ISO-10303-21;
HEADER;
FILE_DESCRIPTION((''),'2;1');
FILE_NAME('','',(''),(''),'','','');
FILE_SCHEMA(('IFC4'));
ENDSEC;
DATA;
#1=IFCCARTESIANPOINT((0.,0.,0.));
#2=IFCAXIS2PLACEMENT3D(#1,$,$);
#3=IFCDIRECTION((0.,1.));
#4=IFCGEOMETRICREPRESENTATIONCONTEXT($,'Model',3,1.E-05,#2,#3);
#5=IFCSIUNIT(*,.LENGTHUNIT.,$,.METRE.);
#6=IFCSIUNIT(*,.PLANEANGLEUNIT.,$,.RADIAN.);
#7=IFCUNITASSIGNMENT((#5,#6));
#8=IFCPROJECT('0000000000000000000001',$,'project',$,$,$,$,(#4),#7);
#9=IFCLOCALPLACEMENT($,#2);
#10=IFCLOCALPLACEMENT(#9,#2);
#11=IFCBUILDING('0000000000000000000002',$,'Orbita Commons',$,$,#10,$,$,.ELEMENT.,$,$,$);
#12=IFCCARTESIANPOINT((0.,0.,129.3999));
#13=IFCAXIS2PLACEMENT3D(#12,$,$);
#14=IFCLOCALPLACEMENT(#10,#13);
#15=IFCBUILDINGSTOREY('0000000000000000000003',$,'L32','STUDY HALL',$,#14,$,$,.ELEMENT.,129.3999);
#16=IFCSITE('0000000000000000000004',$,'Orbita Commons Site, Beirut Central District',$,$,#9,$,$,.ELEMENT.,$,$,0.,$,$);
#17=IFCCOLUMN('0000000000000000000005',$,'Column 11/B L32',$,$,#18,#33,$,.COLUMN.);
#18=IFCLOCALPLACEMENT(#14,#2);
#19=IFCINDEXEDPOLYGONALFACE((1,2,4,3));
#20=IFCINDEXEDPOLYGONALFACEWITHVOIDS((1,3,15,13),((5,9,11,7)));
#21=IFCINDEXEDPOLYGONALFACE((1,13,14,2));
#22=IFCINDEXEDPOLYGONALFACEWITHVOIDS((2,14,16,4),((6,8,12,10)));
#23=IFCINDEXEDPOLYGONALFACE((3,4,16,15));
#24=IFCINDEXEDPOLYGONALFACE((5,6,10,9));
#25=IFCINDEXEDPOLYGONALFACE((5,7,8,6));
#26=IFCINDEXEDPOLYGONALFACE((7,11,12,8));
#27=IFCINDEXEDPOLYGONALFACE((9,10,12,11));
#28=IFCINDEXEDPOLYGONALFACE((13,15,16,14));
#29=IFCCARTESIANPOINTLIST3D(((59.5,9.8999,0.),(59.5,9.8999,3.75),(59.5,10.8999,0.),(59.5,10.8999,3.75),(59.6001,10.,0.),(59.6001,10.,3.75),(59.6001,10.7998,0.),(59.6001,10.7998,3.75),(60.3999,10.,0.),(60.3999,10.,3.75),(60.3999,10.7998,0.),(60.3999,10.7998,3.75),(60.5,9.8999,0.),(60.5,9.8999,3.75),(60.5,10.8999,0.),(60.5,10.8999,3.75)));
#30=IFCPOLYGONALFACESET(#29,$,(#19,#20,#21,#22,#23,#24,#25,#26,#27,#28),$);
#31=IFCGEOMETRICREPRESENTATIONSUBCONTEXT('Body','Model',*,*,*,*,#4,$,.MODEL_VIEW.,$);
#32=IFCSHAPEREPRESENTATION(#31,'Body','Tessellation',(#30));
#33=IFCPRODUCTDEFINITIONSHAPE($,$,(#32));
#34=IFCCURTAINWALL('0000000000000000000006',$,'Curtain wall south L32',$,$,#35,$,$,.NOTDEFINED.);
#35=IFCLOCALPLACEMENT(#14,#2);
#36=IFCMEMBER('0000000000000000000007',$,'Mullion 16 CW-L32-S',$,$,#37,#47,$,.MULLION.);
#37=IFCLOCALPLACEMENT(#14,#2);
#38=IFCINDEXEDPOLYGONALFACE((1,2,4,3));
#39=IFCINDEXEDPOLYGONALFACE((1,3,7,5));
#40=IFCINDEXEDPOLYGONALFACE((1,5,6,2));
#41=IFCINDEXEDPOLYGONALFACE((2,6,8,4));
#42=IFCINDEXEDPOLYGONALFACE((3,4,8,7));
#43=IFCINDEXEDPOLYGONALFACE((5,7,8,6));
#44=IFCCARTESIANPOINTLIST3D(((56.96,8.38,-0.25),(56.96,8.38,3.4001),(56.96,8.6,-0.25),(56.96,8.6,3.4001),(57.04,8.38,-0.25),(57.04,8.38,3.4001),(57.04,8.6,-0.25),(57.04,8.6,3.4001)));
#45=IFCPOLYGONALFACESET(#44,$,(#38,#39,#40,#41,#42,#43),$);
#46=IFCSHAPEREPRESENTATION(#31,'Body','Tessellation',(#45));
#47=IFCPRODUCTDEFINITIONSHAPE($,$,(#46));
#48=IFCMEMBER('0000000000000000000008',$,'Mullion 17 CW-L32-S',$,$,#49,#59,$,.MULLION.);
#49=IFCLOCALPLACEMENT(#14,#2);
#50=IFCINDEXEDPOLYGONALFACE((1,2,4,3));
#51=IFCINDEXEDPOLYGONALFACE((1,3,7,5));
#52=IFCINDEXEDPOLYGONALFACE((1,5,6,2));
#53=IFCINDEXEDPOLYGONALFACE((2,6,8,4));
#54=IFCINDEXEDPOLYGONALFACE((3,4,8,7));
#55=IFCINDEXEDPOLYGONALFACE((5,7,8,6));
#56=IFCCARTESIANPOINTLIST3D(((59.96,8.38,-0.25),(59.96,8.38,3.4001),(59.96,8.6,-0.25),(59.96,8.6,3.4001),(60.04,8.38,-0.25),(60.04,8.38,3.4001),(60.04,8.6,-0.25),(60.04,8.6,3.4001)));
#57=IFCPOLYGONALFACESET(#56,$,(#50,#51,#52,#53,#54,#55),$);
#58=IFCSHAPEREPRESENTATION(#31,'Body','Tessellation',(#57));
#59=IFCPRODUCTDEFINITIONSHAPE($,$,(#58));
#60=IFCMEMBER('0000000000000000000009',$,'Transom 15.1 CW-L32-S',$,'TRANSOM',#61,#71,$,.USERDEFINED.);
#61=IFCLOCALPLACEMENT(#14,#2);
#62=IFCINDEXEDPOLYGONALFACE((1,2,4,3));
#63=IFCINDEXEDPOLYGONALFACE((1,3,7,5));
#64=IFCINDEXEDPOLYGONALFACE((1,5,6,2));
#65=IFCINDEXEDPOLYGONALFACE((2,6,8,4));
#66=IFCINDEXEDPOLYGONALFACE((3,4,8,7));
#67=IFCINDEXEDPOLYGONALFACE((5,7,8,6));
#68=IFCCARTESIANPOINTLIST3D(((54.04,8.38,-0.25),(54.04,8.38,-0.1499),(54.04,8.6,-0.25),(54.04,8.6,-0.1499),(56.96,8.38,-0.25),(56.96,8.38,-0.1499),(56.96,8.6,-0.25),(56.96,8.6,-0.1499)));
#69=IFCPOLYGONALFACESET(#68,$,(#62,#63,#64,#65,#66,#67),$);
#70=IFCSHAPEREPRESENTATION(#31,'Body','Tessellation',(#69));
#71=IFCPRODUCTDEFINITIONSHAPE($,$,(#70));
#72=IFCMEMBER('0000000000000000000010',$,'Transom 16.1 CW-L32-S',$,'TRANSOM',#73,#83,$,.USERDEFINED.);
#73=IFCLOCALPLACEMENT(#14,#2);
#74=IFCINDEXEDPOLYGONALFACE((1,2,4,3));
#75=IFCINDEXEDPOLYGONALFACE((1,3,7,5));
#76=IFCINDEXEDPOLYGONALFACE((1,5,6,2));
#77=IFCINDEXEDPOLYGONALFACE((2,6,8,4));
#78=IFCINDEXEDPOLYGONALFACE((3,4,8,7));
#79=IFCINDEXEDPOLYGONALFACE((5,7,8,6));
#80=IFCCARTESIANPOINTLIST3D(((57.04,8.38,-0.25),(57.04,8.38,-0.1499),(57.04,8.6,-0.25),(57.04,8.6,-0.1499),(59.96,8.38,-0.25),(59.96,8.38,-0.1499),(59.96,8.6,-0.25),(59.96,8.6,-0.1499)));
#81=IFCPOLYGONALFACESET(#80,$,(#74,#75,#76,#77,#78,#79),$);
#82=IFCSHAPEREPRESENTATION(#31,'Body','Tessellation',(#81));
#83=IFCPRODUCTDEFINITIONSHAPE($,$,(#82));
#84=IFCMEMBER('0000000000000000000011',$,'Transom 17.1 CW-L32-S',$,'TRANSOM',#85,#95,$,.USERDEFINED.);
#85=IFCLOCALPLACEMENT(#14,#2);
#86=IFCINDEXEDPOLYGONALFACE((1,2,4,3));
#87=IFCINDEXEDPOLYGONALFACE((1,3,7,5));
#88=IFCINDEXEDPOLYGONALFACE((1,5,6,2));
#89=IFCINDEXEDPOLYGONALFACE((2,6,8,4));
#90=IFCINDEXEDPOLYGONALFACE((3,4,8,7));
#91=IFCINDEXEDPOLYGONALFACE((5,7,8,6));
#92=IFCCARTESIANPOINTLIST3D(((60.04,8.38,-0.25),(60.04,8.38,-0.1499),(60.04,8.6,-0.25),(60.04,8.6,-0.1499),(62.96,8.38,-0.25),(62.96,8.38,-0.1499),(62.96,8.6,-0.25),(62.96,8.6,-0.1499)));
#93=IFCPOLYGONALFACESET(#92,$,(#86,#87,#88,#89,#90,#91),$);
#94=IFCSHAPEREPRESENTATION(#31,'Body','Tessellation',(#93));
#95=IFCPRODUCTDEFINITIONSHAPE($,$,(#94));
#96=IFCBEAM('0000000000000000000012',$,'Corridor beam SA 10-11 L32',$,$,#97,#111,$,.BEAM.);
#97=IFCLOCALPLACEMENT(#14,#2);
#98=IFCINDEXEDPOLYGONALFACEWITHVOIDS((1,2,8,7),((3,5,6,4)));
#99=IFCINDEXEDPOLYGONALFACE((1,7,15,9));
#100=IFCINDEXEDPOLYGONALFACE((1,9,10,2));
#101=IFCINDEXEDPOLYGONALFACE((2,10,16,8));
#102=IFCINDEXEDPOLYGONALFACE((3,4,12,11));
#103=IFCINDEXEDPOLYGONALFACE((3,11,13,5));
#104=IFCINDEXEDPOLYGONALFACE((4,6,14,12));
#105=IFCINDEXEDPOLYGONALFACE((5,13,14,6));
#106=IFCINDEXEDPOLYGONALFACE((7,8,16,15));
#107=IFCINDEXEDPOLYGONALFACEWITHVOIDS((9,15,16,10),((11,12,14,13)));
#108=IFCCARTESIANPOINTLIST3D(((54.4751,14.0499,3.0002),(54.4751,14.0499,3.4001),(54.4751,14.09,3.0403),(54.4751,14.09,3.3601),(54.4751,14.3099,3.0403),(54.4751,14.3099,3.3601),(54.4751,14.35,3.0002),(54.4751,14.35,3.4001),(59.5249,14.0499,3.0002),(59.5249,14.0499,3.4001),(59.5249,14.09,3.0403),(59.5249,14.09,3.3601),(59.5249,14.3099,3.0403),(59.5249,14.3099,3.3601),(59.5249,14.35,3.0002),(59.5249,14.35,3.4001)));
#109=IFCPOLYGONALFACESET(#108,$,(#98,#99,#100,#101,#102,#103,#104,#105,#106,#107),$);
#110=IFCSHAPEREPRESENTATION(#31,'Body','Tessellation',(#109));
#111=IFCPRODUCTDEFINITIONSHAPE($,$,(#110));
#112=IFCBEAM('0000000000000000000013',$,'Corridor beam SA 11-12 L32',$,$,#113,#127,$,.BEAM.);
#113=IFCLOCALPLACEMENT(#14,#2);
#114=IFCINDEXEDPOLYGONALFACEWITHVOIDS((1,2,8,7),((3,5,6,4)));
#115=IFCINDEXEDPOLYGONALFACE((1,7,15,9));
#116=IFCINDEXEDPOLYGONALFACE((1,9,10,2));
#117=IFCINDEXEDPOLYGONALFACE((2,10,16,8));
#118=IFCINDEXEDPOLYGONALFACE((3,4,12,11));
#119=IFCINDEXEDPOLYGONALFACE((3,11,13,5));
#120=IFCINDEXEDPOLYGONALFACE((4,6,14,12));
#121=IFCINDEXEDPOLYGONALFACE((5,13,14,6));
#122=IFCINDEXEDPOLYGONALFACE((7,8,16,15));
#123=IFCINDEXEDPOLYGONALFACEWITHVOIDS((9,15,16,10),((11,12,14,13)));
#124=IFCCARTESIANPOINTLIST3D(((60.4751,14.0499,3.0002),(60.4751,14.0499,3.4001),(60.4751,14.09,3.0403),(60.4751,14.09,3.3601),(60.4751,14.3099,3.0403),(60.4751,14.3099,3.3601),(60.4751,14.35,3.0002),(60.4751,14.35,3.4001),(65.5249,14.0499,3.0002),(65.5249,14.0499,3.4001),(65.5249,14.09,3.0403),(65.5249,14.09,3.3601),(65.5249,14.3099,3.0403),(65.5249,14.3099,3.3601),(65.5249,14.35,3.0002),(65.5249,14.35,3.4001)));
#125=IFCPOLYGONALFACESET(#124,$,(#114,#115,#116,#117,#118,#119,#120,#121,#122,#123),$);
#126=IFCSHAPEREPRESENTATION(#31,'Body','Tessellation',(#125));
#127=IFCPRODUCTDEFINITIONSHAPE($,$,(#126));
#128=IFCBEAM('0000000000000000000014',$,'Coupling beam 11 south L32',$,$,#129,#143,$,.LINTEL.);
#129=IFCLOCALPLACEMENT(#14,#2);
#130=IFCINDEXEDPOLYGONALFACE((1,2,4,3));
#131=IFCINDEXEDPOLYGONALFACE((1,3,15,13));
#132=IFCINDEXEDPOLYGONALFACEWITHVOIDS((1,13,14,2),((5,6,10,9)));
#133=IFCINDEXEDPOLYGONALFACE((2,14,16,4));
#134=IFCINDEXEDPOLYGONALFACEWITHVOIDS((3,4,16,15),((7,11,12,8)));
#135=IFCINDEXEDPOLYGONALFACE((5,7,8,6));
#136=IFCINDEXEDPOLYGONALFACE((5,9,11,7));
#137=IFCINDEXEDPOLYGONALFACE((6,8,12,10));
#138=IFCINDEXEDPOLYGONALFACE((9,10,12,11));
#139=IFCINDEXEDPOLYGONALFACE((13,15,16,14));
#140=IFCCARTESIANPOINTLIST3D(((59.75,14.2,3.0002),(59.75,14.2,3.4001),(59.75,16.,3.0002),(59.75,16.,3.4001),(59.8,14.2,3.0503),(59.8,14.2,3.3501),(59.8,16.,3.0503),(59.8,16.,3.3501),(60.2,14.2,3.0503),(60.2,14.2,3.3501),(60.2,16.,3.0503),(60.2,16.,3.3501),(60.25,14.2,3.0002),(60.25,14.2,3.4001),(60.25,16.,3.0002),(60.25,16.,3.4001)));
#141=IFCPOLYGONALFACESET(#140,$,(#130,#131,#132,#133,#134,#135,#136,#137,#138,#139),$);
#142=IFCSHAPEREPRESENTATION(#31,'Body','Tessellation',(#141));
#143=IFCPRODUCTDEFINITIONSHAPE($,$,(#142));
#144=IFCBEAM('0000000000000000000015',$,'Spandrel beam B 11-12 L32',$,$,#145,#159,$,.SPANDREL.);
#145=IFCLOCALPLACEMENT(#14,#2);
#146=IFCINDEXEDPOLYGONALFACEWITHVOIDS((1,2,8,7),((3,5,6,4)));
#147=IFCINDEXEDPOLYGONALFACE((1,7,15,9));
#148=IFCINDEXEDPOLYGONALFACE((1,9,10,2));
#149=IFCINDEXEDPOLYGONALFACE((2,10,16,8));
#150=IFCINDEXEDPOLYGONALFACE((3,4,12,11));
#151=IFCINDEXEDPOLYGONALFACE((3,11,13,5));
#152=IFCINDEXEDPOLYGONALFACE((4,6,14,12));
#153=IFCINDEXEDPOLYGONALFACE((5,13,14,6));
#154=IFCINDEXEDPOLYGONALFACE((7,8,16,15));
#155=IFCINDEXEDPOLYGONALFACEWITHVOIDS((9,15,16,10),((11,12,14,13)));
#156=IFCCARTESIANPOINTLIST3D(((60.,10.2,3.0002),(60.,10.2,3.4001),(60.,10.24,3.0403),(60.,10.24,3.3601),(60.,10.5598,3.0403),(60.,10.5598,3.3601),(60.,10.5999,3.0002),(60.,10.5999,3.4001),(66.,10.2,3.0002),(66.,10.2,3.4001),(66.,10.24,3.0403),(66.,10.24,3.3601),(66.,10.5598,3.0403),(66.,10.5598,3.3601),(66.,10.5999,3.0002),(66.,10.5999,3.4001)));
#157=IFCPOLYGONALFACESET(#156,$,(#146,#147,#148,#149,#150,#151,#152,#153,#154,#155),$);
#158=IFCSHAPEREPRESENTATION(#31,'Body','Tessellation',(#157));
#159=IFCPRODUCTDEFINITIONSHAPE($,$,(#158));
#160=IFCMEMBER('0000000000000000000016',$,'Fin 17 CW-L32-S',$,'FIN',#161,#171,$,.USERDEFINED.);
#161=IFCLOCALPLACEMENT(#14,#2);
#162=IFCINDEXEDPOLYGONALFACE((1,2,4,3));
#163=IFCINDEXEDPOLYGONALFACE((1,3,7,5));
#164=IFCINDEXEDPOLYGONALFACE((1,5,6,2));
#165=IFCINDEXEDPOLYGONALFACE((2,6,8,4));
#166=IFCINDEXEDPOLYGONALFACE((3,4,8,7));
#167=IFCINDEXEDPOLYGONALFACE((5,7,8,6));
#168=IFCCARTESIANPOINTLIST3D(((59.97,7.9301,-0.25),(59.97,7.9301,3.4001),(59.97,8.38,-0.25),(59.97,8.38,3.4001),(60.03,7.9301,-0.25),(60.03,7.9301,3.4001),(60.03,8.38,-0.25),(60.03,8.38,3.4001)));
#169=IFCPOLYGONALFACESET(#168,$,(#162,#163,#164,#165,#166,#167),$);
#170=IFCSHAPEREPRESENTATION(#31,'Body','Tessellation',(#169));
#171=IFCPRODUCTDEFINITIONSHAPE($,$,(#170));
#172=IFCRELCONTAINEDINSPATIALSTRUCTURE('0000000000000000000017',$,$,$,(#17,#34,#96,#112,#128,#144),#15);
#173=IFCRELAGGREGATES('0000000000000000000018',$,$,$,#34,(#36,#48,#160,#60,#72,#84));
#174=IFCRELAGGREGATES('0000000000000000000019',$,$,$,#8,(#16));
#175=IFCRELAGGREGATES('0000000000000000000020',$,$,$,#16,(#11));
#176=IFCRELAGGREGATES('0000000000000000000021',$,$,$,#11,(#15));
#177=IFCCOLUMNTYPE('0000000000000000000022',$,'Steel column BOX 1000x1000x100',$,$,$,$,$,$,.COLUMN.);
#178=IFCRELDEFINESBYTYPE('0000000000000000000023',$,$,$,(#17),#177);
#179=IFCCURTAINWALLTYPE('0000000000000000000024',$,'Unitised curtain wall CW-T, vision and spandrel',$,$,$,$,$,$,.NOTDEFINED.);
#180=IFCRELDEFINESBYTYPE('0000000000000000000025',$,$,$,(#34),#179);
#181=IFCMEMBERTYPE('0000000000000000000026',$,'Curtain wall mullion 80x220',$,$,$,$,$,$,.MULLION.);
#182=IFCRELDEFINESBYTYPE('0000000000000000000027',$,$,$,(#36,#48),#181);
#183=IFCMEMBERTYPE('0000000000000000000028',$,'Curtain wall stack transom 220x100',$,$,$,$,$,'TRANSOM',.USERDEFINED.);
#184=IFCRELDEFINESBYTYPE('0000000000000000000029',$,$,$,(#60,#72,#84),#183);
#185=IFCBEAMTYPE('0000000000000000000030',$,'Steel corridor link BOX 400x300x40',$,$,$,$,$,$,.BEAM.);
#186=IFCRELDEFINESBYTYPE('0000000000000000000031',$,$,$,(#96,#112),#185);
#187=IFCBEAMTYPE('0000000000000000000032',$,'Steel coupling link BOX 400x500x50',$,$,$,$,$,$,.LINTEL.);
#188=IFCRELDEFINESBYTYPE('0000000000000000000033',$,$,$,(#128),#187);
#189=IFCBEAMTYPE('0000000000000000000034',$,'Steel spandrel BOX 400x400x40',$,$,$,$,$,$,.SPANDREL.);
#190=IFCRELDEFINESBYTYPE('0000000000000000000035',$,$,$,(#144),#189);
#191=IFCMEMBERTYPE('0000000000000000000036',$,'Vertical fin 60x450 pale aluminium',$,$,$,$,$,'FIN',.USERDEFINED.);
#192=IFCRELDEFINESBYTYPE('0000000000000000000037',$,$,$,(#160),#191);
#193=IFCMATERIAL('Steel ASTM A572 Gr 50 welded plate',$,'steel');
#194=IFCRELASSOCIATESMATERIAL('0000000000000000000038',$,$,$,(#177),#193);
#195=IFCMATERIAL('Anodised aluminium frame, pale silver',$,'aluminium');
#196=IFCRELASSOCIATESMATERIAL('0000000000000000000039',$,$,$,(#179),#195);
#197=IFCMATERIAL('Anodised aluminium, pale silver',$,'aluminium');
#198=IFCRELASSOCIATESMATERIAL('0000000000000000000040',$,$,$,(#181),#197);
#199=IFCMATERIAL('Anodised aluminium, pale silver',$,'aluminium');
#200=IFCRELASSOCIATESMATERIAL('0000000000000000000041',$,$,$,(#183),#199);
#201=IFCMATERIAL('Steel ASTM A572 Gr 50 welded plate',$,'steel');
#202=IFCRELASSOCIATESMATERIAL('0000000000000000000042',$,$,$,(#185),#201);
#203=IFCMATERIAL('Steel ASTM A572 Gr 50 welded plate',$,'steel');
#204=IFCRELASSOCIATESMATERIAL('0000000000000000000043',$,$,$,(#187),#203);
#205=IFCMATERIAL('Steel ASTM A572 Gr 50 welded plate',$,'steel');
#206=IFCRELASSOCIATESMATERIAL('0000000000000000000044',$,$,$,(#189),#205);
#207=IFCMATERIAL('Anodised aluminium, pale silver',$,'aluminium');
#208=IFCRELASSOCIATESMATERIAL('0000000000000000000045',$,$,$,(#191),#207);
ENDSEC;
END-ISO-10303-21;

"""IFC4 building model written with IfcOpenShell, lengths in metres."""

from ifc_helpers import new_model, si_unit, direction, frame, origin, origin_2d, place, context, subcontext, project, spatial, rectangle, hollow_rectangle, extrude, material, material_profile, profile_set, type_object, element, aggregate, save


model = new_model("IFC4")

# Units and contexts
model_context = context("Model", 3, precision=1e-05, world=origin(), true_north=direction((0.0, 1.0)))
body_context = subcontext(model_context, "Body", "Model", "MODEL_VIEW")
ifc_project = project(units=[si_unit("LENGTHUNIT", "METRE"), si_unit("PLANEANGLEUNIT", "RADIAN")], contexts=[model_context])

# Site, building, storey
site_placement = place(None, origin())
site = spatial("IfcSite", under=ifc_project, at=site_placement, Name="Orbita Commons Site, Beirut Central District", CompositionType="ELEMENT", RefElevation=0.0)
building_placement = place(site_placement, origin())
building = spatial("IfcBuilding", under=site, at=building_placement, Name="Orbita Commons", CompositionType="ELEMENT")
storey_placement = place(building_placement, frame((0.0, 0.0, 129.3999)))
storey = spatial("IfcBuildingStorey", under=building, at=storey_placement, Name="L32", Description="STUDY HALL", CompositionType="ELEMENT", Elevation=129.3999)

# Column
ifc_material_1 = material(Name="Steel ASTM A572 Gr 50 welded plate", Category="steel")
ifc_material_profile_1 = material_profile(ifc_material_1, hollow_rectangle(XDim=1.0, YDim=1.0, WallThickness=0.1001, at=origin_2d()), Name="BOX 1000x1000x100")
ifc_profile_set_1 = profile_set([ifc_material_profile_1], Name="Steel ASTM A572 Gr 50 welded plate")
column_type = type_object("IfcColumnType", Name="Steel column BOX 1000x1000x100", PredefinedType="COLUMN", material=ifc_profile_set_1)
column_placement = place(storey_placement, frame((60.0, 10.3999, 0.0), z_axis=(0.0, 0.0, 1.0), x_axis=(1.0, 0.0, 0.0)))
element("IfcColumn", 1, at=column_placement, inside=storey, type_object=column_type, Name="Column 11/B L32", PredefinedType="COLUMN", context=body_context, shape_type="SweptSolid", body=[
    extrude(hollow_rectangle(XDim=1.0, YDim=1.0, WallThickness=0.1001, at=origin_2d()), origin(), (0.0, 0.0, 1.0), 3.75),
])

# Curtain wall, members
ifc_material_2 = material(Name="Anodised aluminium frame, pale silver", Category="aluminium")
curtain_wall_type = type_object("IfcCurtainWallType", Name="Unitised curtain wall CW-T, vision and spandrel", PredefinedType="NOTDEFINED", material=ifc_material_2)
curtain_wall_placement = place(storey_placement, origin())
curtain_wall = element("IfcCurtainWall", 2, at=curtain_wall_placement, inside=storey, type_object=curtain_wall_type, Name="Curtain wall south L32", PredefinedType="NOTDEFINED")
ifc_material_3 = material(Name="Anodised aluminium, pale silver", Category="aluminium")
ifc_material_profile_2 = material_profile(ifc_material_3, rectangle(XDim=0.0801, YDim=0.22, at=origin_2d()), Name="AL 80x220")
ifc_profile_set_2 = profile_set([ifc_material_profile_2], Name="Anodised aluminium, pale silver")
member_type_1 = type_object("IfcMemberType", Name="Curtain wall mullion 80x220", PredefinedType="MULLION", material=ifc_profile_set_2)
member_1_placement = place(storey_placement, frame((57.0, 8.49, -0.25), z_axis=(0.0, 0.0, 1.0), x_axis=(1.0, 0.0, 0.0)))
member_1 = element("IfcMember", 3, at=member_1_placement, type_object=member_type_1, Name="Mullion 16 CW-L32-S", PredefinedType="MULLION", context=body_context, shape_type="SweptSolid", body=[
    extrude(rectangle(XDim=0.0801, YDim=0.22, at=origin_2d()), origin(), (0.0, 0.0, 1.0), 3.6501),
])
member_2_placement = place(storey_placement, frame((60.0, 8.49, -0.25), z_axis=(0.0, 0.0, 1.0), x_axis=(1.0, 0.0, 0.0)))
member_2 = element("IfcMember", 4, at=member_2_placement, type_object=member_type_1, Name="Mullion 17 CW-L32-S", PredefinedType="MULLION", context=body_context, shape_type="SweptSolid", body=[
    extrude(rectangle(XDim=0.0801, YDim=0.22, at=origin_2d()), origin(), (0.0, 0.0, 1.0), 3.6501),
])
ifc_material_4 = material(Name="Anodised aluminium, pale silver", Category="aluminium")
ifc_material_profile_3 = material_profile(ifc_material_4, rectangle(XDim=0.22, YDim=0.1001, at=origin_2d()), Name="AL 220x100")
ifc_profile_set_3 = profile_set([ifc_material_profile_3], Name="Anodised aluminium, pale silver")
member_type_2 = type_object("IfcMemberType", Name="Curtain wall stack transom 220x100", ElementType="TRANSOM", PredefinedType="USERDEFINED", material=ifc_profile_set_3)
member_3_placement = place(storey_placement, frame((54.04, 8.49, -0.2), z_axis=(1.0, 0.0, 0.0), x_axis=(0.0, 1.0, 0.0)))
member_3 = element("IfcMember", 5, at=member_3_placement, type_object=member_type_2, Name="Transom 15.1 CW-L32-S", ObjectType="TRANSOM", PredefinedType="USERDEFINED", context=body_context, shape_type="SweptSolid", body=[
    extrude(rectangle(XDim=0.22, YDim=0.1001, at=origin_2d()), origin(), (0.0, 0.0, 1.0), 2.9199),
])
member_4_placement = place(storey_placement, frame((57.04, 8.49, -0.2), z_axis=(1.0, 0.0, 0.0), x_axis=(0.0, 1.0, 0.0)))
member_4 = element("IfcMember", 6, at=member_4_placement, type_object=member_type_2, Name="Transom 16.1 CW-L32-S", ObjectType="TRANSOM", PredefinedType="USERDEFINED", context=body_context, shape_type="SweptSolid", body=[
    extrude(rectangle(XDim=0.22, YDim=0.1001, at=origin_2d()), origin(), (0.0, 0.0, 1.0), 2.9199),
])
member_5_placement = place(storey_placement, frame((60.04, 8.49, -0.2), z_axis=(1.0, 0.0, 0.0), x_axis=(0.0, 1.0, 0.0)))
member_5 = element("IfcMember", 7, at=member_5_placement, type_object=member_type_2, Name="Transom 17.1 CW-L32-S", ObjectType="TRANSOM", PredefinedType="USERDEFINED", context=body_context, shape_type="SweptSolid", body=[
    extrude(rectangle(XDim=0.22, YDim=0.1001, at=origin_2d()), origin(), (0.0, 0.0, 1.0), 2.9199),
])

# Beams
ifc_material_5 = material(Name="Steel ASTM A572 Gr 50 welded plate", Category="steel")
ifc_material_profile_4 = material_profile(ifc_material_5, hollow_rectangle(XDim=0.3, YDim=0.3999, WallThickness=0.04, at=origin_2d()), Name="BOX 400x300x40")
ifc_profile_set_4 = profile_set([ifc_material_profile_4], Name="Steel ASTM A572 Gr 50 welded plate")
beam_type_1 = type_object("IfcBeamType", Name="Steel corridor link BOX 400x300x40", PredefinedType="BEAM", material=ifc_profile_set_4)
for number, where, z_axis, x_axis, name in (
    (8, (54.4751, 14.2, 3.2002), (1.0, 0.0, 0.0), (0.0, 1.0, 0.0), "Corridor beam SA 10-11 L32"),
    (9, (60.4751, 14.2, 3.2002), (1.0, 0.0, 0.0), (0.0, 1.0, 0.0), "Corridor beam SA 11-12 L32"),
):
    element("IfcBeam", number, at=place(storey_placement, frame(where, z_axis=z_axis, x_axis=x_axis)), inside=storey, type_object=beam_type_1, Name=name, PredefinedType="BEAM", context=body_context, shape_type="SweptSolid", body=[
        extrude(hollow_rectangle(XDim=0.3, YDim=0.3999, WallThickness=0.04, at=origin_2d()), origin(), (0.0, 0.0, 1.0), 5.0498),
    ])
ifc_material_6 = material(Name="Steel ASTM A572 Gr 50 welded plate", Category="steel")
ifc_material_profile_5 = material_profile(ifc_material_6, hollow_rectangle(XDim=0.5, YDim=0.3999, WallThickness=0.05, at=origin_2d()), Name="BOX 400x500x50")
ifc_profile_set_5 = profile_set([ifc_material_profile_5], Name="Steel ASTM A572 Gr 50 welded plate")
beam_type_2 = type_object("IfcBeamType", Name="Steel coupling link BOX 400x500x50", PredefinedType="LINTEL", material=ifc_profile_set_5)
beam_1_placement = place(storey_placement, frame((60.0, 14.2, 3.2002), z_axis=(0.0, 1.0, 0.0), x_axis=(-1.0, 0.0, 0.0)))
element("IfcBeam", 10, at=beam_1_placement, inside=storey, type_object=beam_type_2, Name="Coupling beam 11 south L32", PredefinedType="LINTEL", context=body_context, shape_type="SweptSolid", body=[
    extrude(hollow_rectangle(XDim=0.5, YDim=0.3999, WallThickness=0.05, at=origin_2d()), origin(), (0.0, 0.0, 1.0), 1.8),
])
ifc_material_7 = material(Name="Steel ASTM A572 Gr 50 welded plate", Category="steel")
ifc_material_profile_6 = material_profile(ifc_material_7, hollow_rectangle(XDim=0.3999, YDim=0.3999, WallThickness=0.04, at=origin_2d()), Name="BOX 400x400x40")
ifc_profile_set_6 = profile_set([ifc_material_profile_6], Name="Steel ASTM A572 Gr 50 welded plate")
beam_type_3 = type_object("IfcBeamType", Name="Steel spandrel BOX 400x400x40", PredefinedType="SPANDREL", material=ifc_profile_set_6)
beam_2_placement = place(storey_placement, frame((60.0, 10.3999, 3.2002), z_axis=(1.0, 0.0, 0.0), x_axis=(0.0, 1.0, 0.0)))
element("IfcBeam", 11, at=beam_2_placement, inside=storey, type_object=beam_type_3, Name="Spandrel beam B 11-12 L32", PredefinedType="SPANDREL", context=body_context, shape_type="SweptSolid", body=[
    extrude(hollow_rectangle(XDim=0.3999, YDim=0.3999, WallThickness=0.04, at=origin_2d()), origin(), (0.0, 0.0, 1.0), 6.0),
])

# Member
ifc_material_8 = material(Name="Anodised aluminium, pale silver", Category="aluminium")
ifc_material_profile_7 = material_profile(ifc_material_8, rectangle(XDim=0.0601, YDim=0.45, at=origin_2d()), Name="FIN 60x450")
ifc_profile_set_7 = profile_set([ifc_material_profile_7], Name="Anodised aluminium, pale silver")
member_type_3 = type_object("IfcMemberType", Name="Vertical fin 60x450 pale aluminium", ElementType="FIN", PredefinedType="USERDEFINED", material=ifc_profile_set_7)
member_6_placement = place(storey_placement, frame((60.0, 8.155, -0.25), z_axis=(0.0, 0.0, 1.0), x_axis=(1.0, 0.0, 0.0)))
member_6 = element("IfcMember", 12, at=member_6_placement, type_object=member_type_3, Name="Fin 17 CW-L32-S", ObjectType="FIN", PredefinedType="USERDEFINED", context=body_context, shape_type="SweptSolid", body=[
    extrude(rectangle(XDim=0.0601, YDim=0.45, at=origin_2d()), origin(), (0.0, 0.0, 1.0), 3.6501),
])

aggregate(curtain_wall, [member_1, member_2, member_6, member_3, member_4, member_5])

save(model, "model.ifc")
